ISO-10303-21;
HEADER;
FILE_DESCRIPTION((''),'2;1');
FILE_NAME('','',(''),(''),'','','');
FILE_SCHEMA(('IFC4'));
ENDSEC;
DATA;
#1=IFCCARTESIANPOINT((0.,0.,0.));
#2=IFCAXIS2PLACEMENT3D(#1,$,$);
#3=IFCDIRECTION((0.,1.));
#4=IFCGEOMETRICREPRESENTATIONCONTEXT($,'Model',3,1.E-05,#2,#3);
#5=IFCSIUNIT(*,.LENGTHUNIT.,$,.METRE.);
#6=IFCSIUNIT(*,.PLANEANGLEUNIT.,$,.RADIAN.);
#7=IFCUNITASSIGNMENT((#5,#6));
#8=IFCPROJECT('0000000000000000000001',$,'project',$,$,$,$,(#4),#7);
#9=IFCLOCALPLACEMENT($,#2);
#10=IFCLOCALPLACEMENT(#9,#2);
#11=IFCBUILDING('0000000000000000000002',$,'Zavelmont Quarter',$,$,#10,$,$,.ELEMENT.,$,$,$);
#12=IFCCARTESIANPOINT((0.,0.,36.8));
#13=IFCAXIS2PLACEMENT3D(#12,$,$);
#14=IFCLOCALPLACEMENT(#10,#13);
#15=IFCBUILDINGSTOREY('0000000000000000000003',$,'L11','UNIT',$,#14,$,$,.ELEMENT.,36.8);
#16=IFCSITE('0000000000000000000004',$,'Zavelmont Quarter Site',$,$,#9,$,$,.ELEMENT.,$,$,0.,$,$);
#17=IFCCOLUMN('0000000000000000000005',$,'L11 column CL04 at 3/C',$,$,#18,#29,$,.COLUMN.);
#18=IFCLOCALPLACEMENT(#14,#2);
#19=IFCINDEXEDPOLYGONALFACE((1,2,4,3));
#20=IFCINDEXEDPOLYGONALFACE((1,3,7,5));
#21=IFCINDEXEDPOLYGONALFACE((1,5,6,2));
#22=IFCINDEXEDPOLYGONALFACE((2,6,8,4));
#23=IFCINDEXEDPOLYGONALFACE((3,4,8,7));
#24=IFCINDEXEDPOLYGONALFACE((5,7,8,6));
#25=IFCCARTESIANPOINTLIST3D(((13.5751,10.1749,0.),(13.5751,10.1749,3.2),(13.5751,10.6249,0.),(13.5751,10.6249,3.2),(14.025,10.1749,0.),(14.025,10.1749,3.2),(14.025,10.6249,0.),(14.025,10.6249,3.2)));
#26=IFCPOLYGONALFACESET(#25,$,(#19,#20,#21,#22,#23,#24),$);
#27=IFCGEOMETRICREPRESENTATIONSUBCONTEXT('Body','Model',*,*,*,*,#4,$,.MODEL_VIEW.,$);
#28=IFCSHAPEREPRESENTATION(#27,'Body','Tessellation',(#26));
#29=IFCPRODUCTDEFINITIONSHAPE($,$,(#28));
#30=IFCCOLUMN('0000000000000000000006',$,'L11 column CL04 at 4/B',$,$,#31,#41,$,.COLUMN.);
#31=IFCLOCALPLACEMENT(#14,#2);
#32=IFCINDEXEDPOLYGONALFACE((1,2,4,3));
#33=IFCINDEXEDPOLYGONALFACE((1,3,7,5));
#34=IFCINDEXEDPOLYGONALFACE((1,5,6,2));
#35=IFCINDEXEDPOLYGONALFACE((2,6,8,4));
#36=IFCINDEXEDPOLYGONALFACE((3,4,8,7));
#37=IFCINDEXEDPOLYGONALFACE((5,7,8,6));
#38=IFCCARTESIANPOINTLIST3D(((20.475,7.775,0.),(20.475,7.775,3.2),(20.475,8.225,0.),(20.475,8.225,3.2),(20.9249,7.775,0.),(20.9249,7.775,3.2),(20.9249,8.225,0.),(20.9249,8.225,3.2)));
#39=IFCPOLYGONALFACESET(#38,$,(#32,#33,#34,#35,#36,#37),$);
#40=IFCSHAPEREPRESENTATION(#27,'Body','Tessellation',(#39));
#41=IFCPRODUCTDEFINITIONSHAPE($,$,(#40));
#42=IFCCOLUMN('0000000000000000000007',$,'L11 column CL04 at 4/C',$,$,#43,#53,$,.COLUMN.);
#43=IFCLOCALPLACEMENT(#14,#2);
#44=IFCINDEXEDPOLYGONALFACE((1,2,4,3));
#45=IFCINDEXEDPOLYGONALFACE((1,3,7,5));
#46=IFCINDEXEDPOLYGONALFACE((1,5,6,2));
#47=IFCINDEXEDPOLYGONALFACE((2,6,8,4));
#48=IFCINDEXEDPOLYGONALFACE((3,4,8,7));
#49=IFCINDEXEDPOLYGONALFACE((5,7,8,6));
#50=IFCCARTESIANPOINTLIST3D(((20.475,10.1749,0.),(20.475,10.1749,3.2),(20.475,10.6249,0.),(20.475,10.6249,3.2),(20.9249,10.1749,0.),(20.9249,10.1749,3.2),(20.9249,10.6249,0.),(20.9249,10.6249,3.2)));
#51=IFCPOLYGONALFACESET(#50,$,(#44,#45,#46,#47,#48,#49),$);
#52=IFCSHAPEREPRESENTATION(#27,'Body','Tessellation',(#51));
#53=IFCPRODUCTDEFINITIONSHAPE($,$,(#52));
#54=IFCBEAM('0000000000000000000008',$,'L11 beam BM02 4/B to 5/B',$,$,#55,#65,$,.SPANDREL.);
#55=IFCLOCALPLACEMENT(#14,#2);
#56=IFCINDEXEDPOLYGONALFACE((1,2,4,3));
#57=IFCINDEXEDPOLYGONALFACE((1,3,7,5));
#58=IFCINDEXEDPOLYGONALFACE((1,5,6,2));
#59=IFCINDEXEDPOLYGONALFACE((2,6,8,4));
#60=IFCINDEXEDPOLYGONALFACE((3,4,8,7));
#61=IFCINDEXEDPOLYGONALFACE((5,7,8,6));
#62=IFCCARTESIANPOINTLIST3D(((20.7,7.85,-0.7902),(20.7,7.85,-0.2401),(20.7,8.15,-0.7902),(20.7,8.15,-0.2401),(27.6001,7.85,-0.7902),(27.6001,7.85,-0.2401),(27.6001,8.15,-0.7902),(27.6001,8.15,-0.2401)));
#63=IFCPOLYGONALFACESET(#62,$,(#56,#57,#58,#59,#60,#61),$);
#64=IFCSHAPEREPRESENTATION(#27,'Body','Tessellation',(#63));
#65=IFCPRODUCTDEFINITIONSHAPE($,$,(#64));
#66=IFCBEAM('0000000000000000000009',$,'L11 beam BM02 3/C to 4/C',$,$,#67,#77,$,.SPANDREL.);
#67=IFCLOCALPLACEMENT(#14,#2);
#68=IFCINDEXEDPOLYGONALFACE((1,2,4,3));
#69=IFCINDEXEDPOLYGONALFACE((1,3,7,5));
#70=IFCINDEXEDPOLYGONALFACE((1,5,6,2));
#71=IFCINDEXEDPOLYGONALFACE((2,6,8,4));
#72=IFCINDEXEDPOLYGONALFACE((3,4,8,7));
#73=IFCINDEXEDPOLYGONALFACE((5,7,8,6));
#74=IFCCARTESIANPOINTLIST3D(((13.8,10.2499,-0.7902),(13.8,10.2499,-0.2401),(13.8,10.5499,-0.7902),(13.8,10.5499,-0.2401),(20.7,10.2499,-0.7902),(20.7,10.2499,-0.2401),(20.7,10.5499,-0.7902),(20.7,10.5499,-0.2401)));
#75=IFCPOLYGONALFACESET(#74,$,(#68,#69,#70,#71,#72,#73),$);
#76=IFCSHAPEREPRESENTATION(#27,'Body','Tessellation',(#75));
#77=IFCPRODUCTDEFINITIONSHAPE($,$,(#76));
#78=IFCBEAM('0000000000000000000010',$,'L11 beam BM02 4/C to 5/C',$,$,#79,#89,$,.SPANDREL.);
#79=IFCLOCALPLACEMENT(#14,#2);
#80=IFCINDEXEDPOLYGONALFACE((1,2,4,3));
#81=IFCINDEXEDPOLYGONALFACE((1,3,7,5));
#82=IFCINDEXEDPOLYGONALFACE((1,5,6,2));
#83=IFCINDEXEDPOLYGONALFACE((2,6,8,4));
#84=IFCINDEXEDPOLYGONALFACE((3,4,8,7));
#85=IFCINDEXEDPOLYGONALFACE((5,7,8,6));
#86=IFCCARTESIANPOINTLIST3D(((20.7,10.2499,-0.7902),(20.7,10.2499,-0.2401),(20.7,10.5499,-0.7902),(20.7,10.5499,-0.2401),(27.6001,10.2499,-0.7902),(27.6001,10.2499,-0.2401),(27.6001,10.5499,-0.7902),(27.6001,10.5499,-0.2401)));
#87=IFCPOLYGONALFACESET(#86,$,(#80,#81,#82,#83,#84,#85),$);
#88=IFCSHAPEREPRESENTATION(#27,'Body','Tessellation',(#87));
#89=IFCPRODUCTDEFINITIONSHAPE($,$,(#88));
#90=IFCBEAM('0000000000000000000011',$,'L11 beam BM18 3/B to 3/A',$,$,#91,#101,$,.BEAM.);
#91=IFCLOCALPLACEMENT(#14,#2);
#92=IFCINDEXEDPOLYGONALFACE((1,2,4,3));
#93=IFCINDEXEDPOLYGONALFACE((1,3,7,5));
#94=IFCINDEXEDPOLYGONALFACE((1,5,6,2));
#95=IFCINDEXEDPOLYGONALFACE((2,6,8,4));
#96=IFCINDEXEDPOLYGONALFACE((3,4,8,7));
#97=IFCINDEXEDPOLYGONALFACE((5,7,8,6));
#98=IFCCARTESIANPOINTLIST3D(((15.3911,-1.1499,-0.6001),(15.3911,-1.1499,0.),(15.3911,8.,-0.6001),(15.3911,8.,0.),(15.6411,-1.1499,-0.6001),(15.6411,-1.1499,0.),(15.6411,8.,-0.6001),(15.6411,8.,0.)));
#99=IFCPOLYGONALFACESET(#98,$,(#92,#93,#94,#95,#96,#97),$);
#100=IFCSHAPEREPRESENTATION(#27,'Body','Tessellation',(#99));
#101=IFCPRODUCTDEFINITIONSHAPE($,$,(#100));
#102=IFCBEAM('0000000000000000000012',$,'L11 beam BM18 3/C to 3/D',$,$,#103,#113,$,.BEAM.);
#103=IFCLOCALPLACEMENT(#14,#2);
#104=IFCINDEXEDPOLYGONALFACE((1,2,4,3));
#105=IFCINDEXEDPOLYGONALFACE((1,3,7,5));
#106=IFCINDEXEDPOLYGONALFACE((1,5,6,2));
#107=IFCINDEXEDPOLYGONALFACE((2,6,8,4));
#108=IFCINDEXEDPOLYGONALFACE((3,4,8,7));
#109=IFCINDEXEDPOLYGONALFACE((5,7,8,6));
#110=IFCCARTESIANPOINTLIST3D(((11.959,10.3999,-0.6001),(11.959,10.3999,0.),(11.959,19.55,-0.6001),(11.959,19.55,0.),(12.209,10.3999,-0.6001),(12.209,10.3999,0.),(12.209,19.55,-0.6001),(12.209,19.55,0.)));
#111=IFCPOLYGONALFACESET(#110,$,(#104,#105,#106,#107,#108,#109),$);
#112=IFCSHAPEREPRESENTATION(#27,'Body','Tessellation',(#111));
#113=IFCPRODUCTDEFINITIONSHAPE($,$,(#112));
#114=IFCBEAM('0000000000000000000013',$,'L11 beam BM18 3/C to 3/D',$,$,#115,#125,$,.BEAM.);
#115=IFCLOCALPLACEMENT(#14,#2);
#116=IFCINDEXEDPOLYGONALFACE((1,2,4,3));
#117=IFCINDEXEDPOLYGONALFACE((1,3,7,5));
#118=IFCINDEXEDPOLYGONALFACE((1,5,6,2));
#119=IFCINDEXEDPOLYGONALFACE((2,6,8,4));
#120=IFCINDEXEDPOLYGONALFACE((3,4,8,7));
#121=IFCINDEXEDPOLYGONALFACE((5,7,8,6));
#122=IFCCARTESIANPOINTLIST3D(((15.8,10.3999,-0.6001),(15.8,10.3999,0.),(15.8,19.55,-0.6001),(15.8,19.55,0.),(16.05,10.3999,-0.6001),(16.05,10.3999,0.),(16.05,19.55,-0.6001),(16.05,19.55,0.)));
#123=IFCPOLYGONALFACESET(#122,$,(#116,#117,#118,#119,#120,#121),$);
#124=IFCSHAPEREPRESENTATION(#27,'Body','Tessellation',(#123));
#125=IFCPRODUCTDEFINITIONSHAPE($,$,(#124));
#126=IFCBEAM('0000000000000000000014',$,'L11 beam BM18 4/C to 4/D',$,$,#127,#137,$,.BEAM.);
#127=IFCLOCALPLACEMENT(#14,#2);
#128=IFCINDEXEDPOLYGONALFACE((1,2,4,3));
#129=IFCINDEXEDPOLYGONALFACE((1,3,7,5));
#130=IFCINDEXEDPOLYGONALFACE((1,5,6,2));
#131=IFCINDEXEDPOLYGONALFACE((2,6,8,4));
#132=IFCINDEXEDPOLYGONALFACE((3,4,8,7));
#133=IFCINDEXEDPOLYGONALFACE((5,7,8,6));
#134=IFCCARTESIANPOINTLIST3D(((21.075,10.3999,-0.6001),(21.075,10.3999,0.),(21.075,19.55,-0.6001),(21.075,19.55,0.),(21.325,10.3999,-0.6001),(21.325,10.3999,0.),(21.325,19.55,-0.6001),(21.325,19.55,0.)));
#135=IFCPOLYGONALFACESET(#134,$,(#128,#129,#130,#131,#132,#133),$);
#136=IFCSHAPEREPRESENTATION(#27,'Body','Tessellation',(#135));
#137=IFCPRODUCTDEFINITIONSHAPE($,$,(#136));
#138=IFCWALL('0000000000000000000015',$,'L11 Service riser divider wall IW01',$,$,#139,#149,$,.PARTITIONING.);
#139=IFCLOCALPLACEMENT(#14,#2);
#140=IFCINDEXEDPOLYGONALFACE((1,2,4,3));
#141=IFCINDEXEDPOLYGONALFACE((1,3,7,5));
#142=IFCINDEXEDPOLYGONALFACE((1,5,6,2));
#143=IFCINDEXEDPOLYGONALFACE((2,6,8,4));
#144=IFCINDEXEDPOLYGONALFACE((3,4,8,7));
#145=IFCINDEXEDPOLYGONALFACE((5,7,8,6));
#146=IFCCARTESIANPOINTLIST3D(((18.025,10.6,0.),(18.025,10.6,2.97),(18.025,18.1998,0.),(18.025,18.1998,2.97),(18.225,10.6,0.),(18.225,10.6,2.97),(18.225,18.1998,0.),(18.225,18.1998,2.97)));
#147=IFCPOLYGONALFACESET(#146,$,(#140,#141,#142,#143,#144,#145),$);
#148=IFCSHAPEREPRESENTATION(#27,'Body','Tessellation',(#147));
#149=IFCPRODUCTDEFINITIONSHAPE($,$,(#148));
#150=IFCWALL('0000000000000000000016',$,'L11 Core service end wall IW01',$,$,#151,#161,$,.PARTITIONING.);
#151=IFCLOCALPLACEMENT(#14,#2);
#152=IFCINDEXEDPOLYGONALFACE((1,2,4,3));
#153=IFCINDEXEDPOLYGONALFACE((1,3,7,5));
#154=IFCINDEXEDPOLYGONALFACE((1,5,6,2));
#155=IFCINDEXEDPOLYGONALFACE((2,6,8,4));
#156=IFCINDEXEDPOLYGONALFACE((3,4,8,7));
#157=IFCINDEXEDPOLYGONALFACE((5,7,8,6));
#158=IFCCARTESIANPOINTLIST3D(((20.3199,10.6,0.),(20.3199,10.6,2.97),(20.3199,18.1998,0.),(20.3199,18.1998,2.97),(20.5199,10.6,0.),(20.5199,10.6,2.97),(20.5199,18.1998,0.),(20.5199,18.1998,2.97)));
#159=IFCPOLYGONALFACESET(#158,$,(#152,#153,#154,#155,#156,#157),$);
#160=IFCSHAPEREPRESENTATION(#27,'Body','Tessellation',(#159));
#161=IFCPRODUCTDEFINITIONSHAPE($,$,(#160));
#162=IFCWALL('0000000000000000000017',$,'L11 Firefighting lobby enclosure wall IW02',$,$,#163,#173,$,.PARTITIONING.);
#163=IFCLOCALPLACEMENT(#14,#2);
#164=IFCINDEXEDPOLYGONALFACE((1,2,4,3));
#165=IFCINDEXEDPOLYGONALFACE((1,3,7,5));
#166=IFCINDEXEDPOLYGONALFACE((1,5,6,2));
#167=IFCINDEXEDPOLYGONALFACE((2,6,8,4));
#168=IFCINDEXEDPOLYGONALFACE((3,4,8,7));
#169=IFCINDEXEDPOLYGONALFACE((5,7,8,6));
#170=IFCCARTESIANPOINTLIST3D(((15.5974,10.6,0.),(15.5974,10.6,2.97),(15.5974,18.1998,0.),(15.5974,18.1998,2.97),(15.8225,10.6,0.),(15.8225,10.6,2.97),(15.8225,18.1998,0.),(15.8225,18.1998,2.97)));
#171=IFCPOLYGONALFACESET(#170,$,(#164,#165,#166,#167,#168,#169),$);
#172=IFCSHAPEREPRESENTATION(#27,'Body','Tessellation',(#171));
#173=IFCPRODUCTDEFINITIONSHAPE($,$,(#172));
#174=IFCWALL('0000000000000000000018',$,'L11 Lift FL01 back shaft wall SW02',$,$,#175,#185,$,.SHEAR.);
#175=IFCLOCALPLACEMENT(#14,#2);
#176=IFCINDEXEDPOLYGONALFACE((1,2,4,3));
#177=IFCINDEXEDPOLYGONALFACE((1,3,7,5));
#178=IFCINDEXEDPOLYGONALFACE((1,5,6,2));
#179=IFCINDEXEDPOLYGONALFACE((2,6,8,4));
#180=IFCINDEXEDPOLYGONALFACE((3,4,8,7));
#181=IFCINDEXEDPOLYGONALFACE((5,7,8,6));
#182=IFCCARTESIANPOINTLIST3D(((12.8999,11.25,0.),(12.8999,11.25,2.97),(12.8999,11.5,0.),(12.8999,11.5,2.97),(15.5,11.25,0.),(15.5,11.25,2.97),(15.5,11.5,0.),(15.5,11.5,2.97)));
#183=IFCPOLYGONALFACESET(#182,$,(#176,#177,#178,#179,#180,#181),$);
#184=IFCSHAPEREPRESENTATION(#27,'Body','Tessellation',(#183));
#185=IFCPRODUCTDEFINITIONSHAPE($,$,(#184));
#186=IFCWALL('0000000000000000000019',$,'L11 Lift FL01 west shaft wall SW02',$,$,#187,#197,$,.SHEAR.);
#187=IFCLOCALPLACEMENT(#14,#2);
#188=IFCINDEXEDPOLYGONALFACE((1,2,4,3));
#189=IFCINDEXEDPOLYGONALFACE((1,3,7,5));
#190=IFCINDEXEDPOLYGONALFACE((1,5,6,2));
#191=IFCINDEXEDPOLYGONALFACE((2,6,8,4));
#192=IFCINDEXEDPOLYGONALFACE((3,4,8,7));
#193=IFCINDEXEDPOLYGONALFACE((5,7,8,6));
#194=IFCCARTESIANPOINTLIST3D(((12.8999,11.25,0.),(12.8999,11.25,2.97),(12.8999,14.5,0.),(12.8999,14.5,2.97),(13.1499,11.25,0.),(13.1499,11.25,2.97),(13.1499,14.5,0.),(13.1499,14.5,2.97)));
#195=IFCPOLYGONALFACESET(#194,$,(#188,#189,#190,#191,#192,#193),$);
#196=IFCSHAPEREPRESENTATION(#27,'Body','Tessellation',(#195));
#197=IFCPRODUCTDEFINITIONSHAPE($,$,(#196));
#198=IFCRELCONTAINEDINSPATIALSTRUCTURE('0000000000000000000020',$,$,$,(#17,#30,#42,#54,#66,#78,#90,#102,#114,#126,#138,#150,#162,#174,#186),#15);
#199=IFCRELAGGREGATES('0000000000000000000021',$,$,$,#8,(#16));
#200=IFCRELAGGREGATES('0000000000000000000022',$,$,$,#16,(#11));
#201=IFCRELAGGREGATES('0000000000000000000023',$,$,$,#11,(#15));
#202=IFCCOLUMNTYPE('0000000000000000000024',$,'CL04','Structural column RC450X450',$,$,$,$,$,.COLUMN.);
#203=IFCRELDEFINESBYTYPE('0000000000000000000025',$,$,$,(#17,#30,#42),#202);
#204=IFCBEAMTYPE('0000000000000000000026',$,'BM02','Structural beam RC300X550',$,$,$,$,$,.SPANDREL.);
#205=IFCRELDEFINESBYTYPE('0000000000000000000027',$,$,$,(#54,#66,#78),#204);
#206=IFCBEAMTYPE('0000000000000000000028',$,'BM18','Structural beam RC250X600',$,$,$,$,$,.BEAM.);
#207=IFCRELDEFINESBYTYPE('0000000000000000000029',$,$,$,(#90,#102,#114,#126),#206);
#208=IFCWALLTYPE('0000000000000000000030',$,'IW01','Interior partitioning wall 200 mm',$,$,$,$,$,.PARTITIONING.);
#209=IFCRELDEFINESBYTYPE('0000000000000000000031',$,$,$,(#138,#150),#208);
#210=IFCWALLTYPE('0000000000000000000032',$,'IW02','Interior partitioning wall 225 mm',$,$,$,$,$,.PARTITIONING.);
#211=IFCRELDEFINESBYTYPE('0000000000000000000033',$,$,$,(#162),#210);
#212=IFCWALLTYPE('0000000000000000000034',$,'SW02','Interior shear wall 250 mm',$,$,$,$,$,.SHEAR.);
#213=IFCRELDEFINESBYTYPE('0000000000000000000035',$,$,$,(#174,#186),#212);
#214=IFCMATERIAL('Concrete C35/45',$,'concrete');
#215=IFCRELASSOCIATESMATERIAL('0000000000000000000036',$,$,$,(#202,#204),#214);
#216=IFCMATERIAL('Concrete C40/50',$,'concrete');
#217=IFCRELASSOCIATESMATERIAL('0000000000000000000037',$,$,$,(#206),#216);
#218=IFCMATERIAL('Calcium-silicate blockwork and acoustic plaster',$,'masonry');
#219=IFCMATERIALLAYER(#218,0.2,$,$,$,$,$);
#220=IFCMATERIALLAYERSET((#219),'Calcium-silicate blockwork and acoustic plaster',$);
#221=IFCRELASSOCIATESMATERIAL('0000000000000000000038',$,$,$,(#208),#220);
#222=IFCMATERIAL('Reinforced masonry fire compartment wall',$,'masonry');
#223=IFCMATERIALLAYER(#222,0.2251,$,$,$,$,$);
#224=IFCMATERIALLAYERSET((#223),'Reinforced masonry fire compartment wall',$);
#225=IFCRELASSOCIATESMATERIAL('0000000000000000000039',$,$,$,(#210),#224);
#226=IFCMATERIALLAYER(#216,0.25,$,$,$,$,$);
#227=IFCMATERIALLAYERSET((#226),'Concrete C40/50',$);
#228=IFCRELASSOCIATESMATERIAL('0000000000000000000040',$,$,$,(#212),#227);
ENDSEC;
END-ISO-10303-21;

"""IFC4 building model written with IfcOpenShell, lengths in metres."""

from ifc_helpers import new_model, si_unit, direction, frame, frame_2d, origin, origin_2d, place, context, subcontext, project, spatial, rectangle, extrude, material, layer, layer_set, material_profile, profile_set, type_object, element, save


model = new_model("IFC4")

# Units and contexts
model_context = context("Model", 3, precision=1e-05, world=origin(), true_north=direction((0.0, 1.0)))
body_context = subcontext(model_context, "Body", "Model", "MODEL_VIEW")
ifc_project = project(units=[si_unit("LENGTHUNIT", "METRE"), si_unit("PLANEANGLEUNIT", "RADIAN")], contexts=[model_context])

# Site, building, storey
site_placement = place(None, origin())
site = spatial("IfcSite", under=ifc_project, at=site_placement, Name="Zavelmont Quarter Site", CompositionType="ELEMENT", RefElevation=0.0)
building_placement = place(site_placement, origin())
building = spatial("IfcBuilding", under=site, at=building_placement, Name="Zavelmont Quarter", CompositionType="ELEMENT")
storey_placement = place(building_placement, frame((0.0, 0.0, 36.8)))
storey = spatial("IfcBuildingStorey", under=building, at=storey_placement, Name="L11", Description="UNIT", CompositionType="ELEMENT", Elevation=36.8)

# Columns
ifc_material_1 = material(Name="Concrete C35/45", Category="concrete")
ifc_material_profile_1 = material_profile(ifc_material_1, rectangle(XDim=0.45, YDim=0.45, at=origin_2d()), Name="RC450X450")
ifc_profile_set_1 = profile_set([ifc_material_profile_1], Name="Concrete C35/45")
column_type = type_object("IfcColumnType", Name="CL04", Description="Structural column RC450X450", PredefinedType="COLUMN", material=ifc_profile_set_1)
for number, where, z_axis, x_axis, name in (
    (1, (13.8, 10.3999, 0.0), (0.0, 0.0, 1.0), (1.0, 0.0, 0.0), "L11 column CL04 at 3/C"),
    (2, (20.7, 8.0, 0.0), (0.0, 0.0, 1.0), (1.0, 0.0, 0.0), "L11 column CL04 at 4/B"),
    (3, (20.7, 10.3999, 0.0), (0.0, 0.0, 1.0), (1.0, 0.0, 0.0), "L11 column CL04 at 4/C"),
):
    element("IfcColumn", number, at=place(storey_placement, frame(where, z_axis=z_axis, x_axis=x_axis)), inside=storey, type_object=column_type, Name=name, PredefinedType="COLUMN", context=body_context, shape_type="SweptSolid", body=[
        extrude(rectangle(XDim=0.45, YDim=0.45, at=origin_2d()), origin(), (0.0, 0.0, 1.0), 3.2),
    ])

# Beams
ifc_material_profile_2 = material_profile(ifc_material_1, rectangle(XDim=0.3, YDim=0.55, at=origin_2d()), Name="RC300X550")
ifc_profile_set_2 = profile_set([ifc_material_profile_2], Name="Concrete C35/45")
beam_type_1 = type_object("IfcBeamType", Name="BM02", Description="Structural beam RC300X550", PredefinedType="SPANDREL", material=ifc_profile_set_2)
beam_1_placement = place(storey_placement, frame((20.7, 8.0, -0.5151), z_axis=(1.0, 0.0, 0.0), x_axis=(0.0, 1.0, 0.0)))
element("IfcBeam", 4, at=beam_1_placement, inside=storey, type_object=beam_type_1, Name="L11 beam BM02 4/B to 5/B", PredefinedType="SPANDREL", context=body_context, shape_type="SweptSolid", body=[
    extrude(rectangle(XDim=0.3, YDim=0.55, at=origin_2d()), origin(), (0.0, 0.0, 1.0), 6.9001),
])
beam_2_placement = place(storey_placement, frame((13.8, 10.3999, -0.5151), z_axis=(1.0, 0.0, 0.0), x_axis=(0.0, 1.0, 0.0)))
element("IfcBeam", 5, at=beam_2_placement, inside=storey, type_object=beam_type_1, Name="L11 beam BM02 3/C to 4/C", PredefinedType="SPANDREL", context=body_context, shape_type="SweptSolid", body=[
    extrude(rectangle(XDim=0.3, YDim=0.55, at=origin_2d()), origin(), (0.0, 0.0, 1.0), 6.8999),
])
beam_3_placement = place(storey_placement, frame((20.7, 10.3999, -0.5151), z_axis=(1.0, 0.0, 0.0), x_axis=(0.0, 1.0, 0.0)))
element("IfcBeam", 6, at=beam_3_placement, inside=storey, type_object=beam_type_1, Name="L11 beam BM02 4/C to 5/C", PredefinedType="SPANDREL", context=body_context, shape_type="SweptSolid", body=[
    extrude(rectangle(XDim=0.3, YDim=0.55, at=origin_2d()), origin(), (0.0, 0.0, 1.0), 6.9001),
])
ifc_material_2 = material(Name="Concrete C40/50", Category="concrete")
ifc_material_profile_3 = material_profile(ifc_material_2, rectangle(XDim=0.25, YDim=0.6001, at=origin_2d()), Name="RC250X600")
ifc_profile_set_3 = profile_set([ifc_material_profile_3], Name="Concrete C40/50")
beam_type_2 = type_object("IfcBeamType", Name="BM18", Description="Structural beam RC250X600", PredefinedType="BEAM", material=ifc_profile_set_3)
beam_4_placement = place(storey_placement, frame((15.5161, 8.0, -0.3), z_axis=(0.0, -1.0, 0.0), x_axis=(1.0, 0.0, 0.0)))
element("IfcBeam", 7, at=beam_4_placement, inside=storey, type_object=beam_type_2, Name="L11 beam BM18 3/B to 3/A", PredefinedType="BEAM", context=body_context, shape_type="SweptSolid", body=[
    extrude(rectangle(XDim=0.25, YDim=0.6001, at=origin_2d()), origin(), (0.0, 0.0, 1.0), 9.1499),
])
for number, where, z_axis, x_axis, name in (
    (8, (12.084, 10.3999, -0.3), (0.0, 1.0, 0.0), (-1.0, 0.0, 0.0), "L11 beam BM18 3/C to 3/D"),
    (9, (15.925, 10.3999, -0.3), (0.0, 1.0, 0.0), (-1.0, 0.0, 0.0), "L11 beam BM18 3/C to 3/D"),
    (10, (21.2, 10.3999, -0.3), (0.0, 1.0, 0.0), (-1.0, 0.0, 0.0), "L11 beam BM18 4/C to 4/D"),
):
    element("IfcBeam", number, at=place(storey_placement, frame(where, z_axis=z_axis, x_axis=x_axis)), inside=storey, type_object=beam_type_2, Name=name, PredefinedType="BEAM", context=body_context, shape_type="SweptSolid", body=[
        extrude(rectangle(XDim=0.25, YDim=0.6001, at=origin_2d()), origin(), (0.0, 0.0, 1.0), 9.1501),
    ])

# Walls
ifc_material_3 = material(Name="Calcium-silicate blockwork and acoustic plaster", Category="masonry")
ifc_layer_1 = layer(ifc_material_3, 0.2)
ifc_layer_set_1 = layer_set([ifc_layer_1], Name="Calcium-silicate blockwork and acoustic plaster")
wall_type_1 = type_object("IfcWallType", Name="IW01", Description="Interior partitioning wall 200 mm", PredefinedType="PARTITIONING", material=ifc_layer_set_1)
for number, where, z_axis, x_axis, name in (
    (11, (18.125, 10.6001, 0.0), (0.0, 0.0, 1.0), (0.0, 1.0, 0.0), "L11 Service riser divider wall IW01"),
    (12, (20.4199, 10.6001, 0.0), (0.0, 0.0, 1.0), (0.0, 1.0, 0.0), "L11 Core service end wall IW01"),
):
    element("IfcWall", number, at=place(storey_placement, frame(where, z_axis=z_axis, x_axis=x_axis)), inside=storey, type_object=wall_type_1, Name=name, PredefinedType="PARTITIONING", context=body_context, shape_type="SweptSolid", body=[
        extrude(rectangle(XDim=7.5999, YDim=0.2, at=frame_2d((3.7998, 0.0))), origin(), (0.0, 0.0, 1.0), 2.97),
    ])

# Walls
ifc_material_4 = material(Name="Reinforced masonry fire compartment wall", Category="masonry")
ifc_layer_2 = layer(ifc_material_4, 0.2251)
ifc_layer_set_2 = layer_set([ifc_layer_2], Name="Reinforced masonry fire compartment wall")
wall_type_2 = type_object("IfcWallType", Name="IW02", Description="Interior partitioning wall 225 mm", PredefinedType="PARTITIONING", material=ifc_layer_set_2)
wall_1_placement = place(storey_placement, frame((15.71, 10.6001, 0.0), z_axis=(0.0, 0.0, 1.0), x_axis=(0.0, 1.0, 0.0)))
element("IfcWall", 13, at=wall_1_placement, inside=storey, type_object=wall_type_2, Name="L11 Firefighting lobby enclosure wall IW02", PredefinedType="PARTITIONING", context=body_context, shape_type="SweptSolid", body=[
    extrude(rectangle(XDim=7.5999, YDim=0.2251, at=frame_2d((3.7998, 0.0))), origin(), (0.0, 0.0, 1.0), 2.97),
])
ifc_layer_3 = layer(ifc_material_2, 0.25)
ifc_layer_set_3 = layer_set([ifc_layer_3], Name="Concrete C40/50")
wall_type_3 = type_object("IfcWallType", Name="SW02", Description="Interior shear wall 250 mm", PredefinedType="SHEAR", material=ifc_layer_set_3)
wall_2_placement = place(storey_placement, frame((12.8999, 11.375, 0.0), z_axis=(0.0, 0.0, 1.0), x_axis=(1.0, 0.0, 0.0)))
element("IfcWall", 14, at=wall_2_placement, inside=storey, type_object=wall_type_3, Name="L11 Lift FL01 back shaft wall SW02", PredefinedType="SHEAR", context=body_context, shape_type="SweptSolid", body=[
    extrude(rectangle(XDim=2.6001, YDim=0.25, at=frame_2d((1.3, 0.0))), origin(), (0.0, 0.0, 1.0), 2.97),
])
for number, where, z_axis, x_axis, name in (
    (15, (13.0249, 11.25, 0.0), (0.0, 0.0, 1.0), (0.0, 1.0, 0.0), "L11 Lift FL01 west shaft wall SW02"),
):
    element("IfcWall", number, at=place(storey_placement, frame(where, z_axis=z_axis, x_axis=x_axis)), inside=storey, type_object=wall_type_3, Name=name, PredefinedType="SHEAR", context=body_context, shape_type="SweptSolid", body=[
        extrude(rectangle(XDim=3.25, YDim=0.25, at=frame_2d((1.625, 0.0))), origin(), (0.0, 0.0, 1.0), 2.97),
    ])

save(model, "model.ifc")
